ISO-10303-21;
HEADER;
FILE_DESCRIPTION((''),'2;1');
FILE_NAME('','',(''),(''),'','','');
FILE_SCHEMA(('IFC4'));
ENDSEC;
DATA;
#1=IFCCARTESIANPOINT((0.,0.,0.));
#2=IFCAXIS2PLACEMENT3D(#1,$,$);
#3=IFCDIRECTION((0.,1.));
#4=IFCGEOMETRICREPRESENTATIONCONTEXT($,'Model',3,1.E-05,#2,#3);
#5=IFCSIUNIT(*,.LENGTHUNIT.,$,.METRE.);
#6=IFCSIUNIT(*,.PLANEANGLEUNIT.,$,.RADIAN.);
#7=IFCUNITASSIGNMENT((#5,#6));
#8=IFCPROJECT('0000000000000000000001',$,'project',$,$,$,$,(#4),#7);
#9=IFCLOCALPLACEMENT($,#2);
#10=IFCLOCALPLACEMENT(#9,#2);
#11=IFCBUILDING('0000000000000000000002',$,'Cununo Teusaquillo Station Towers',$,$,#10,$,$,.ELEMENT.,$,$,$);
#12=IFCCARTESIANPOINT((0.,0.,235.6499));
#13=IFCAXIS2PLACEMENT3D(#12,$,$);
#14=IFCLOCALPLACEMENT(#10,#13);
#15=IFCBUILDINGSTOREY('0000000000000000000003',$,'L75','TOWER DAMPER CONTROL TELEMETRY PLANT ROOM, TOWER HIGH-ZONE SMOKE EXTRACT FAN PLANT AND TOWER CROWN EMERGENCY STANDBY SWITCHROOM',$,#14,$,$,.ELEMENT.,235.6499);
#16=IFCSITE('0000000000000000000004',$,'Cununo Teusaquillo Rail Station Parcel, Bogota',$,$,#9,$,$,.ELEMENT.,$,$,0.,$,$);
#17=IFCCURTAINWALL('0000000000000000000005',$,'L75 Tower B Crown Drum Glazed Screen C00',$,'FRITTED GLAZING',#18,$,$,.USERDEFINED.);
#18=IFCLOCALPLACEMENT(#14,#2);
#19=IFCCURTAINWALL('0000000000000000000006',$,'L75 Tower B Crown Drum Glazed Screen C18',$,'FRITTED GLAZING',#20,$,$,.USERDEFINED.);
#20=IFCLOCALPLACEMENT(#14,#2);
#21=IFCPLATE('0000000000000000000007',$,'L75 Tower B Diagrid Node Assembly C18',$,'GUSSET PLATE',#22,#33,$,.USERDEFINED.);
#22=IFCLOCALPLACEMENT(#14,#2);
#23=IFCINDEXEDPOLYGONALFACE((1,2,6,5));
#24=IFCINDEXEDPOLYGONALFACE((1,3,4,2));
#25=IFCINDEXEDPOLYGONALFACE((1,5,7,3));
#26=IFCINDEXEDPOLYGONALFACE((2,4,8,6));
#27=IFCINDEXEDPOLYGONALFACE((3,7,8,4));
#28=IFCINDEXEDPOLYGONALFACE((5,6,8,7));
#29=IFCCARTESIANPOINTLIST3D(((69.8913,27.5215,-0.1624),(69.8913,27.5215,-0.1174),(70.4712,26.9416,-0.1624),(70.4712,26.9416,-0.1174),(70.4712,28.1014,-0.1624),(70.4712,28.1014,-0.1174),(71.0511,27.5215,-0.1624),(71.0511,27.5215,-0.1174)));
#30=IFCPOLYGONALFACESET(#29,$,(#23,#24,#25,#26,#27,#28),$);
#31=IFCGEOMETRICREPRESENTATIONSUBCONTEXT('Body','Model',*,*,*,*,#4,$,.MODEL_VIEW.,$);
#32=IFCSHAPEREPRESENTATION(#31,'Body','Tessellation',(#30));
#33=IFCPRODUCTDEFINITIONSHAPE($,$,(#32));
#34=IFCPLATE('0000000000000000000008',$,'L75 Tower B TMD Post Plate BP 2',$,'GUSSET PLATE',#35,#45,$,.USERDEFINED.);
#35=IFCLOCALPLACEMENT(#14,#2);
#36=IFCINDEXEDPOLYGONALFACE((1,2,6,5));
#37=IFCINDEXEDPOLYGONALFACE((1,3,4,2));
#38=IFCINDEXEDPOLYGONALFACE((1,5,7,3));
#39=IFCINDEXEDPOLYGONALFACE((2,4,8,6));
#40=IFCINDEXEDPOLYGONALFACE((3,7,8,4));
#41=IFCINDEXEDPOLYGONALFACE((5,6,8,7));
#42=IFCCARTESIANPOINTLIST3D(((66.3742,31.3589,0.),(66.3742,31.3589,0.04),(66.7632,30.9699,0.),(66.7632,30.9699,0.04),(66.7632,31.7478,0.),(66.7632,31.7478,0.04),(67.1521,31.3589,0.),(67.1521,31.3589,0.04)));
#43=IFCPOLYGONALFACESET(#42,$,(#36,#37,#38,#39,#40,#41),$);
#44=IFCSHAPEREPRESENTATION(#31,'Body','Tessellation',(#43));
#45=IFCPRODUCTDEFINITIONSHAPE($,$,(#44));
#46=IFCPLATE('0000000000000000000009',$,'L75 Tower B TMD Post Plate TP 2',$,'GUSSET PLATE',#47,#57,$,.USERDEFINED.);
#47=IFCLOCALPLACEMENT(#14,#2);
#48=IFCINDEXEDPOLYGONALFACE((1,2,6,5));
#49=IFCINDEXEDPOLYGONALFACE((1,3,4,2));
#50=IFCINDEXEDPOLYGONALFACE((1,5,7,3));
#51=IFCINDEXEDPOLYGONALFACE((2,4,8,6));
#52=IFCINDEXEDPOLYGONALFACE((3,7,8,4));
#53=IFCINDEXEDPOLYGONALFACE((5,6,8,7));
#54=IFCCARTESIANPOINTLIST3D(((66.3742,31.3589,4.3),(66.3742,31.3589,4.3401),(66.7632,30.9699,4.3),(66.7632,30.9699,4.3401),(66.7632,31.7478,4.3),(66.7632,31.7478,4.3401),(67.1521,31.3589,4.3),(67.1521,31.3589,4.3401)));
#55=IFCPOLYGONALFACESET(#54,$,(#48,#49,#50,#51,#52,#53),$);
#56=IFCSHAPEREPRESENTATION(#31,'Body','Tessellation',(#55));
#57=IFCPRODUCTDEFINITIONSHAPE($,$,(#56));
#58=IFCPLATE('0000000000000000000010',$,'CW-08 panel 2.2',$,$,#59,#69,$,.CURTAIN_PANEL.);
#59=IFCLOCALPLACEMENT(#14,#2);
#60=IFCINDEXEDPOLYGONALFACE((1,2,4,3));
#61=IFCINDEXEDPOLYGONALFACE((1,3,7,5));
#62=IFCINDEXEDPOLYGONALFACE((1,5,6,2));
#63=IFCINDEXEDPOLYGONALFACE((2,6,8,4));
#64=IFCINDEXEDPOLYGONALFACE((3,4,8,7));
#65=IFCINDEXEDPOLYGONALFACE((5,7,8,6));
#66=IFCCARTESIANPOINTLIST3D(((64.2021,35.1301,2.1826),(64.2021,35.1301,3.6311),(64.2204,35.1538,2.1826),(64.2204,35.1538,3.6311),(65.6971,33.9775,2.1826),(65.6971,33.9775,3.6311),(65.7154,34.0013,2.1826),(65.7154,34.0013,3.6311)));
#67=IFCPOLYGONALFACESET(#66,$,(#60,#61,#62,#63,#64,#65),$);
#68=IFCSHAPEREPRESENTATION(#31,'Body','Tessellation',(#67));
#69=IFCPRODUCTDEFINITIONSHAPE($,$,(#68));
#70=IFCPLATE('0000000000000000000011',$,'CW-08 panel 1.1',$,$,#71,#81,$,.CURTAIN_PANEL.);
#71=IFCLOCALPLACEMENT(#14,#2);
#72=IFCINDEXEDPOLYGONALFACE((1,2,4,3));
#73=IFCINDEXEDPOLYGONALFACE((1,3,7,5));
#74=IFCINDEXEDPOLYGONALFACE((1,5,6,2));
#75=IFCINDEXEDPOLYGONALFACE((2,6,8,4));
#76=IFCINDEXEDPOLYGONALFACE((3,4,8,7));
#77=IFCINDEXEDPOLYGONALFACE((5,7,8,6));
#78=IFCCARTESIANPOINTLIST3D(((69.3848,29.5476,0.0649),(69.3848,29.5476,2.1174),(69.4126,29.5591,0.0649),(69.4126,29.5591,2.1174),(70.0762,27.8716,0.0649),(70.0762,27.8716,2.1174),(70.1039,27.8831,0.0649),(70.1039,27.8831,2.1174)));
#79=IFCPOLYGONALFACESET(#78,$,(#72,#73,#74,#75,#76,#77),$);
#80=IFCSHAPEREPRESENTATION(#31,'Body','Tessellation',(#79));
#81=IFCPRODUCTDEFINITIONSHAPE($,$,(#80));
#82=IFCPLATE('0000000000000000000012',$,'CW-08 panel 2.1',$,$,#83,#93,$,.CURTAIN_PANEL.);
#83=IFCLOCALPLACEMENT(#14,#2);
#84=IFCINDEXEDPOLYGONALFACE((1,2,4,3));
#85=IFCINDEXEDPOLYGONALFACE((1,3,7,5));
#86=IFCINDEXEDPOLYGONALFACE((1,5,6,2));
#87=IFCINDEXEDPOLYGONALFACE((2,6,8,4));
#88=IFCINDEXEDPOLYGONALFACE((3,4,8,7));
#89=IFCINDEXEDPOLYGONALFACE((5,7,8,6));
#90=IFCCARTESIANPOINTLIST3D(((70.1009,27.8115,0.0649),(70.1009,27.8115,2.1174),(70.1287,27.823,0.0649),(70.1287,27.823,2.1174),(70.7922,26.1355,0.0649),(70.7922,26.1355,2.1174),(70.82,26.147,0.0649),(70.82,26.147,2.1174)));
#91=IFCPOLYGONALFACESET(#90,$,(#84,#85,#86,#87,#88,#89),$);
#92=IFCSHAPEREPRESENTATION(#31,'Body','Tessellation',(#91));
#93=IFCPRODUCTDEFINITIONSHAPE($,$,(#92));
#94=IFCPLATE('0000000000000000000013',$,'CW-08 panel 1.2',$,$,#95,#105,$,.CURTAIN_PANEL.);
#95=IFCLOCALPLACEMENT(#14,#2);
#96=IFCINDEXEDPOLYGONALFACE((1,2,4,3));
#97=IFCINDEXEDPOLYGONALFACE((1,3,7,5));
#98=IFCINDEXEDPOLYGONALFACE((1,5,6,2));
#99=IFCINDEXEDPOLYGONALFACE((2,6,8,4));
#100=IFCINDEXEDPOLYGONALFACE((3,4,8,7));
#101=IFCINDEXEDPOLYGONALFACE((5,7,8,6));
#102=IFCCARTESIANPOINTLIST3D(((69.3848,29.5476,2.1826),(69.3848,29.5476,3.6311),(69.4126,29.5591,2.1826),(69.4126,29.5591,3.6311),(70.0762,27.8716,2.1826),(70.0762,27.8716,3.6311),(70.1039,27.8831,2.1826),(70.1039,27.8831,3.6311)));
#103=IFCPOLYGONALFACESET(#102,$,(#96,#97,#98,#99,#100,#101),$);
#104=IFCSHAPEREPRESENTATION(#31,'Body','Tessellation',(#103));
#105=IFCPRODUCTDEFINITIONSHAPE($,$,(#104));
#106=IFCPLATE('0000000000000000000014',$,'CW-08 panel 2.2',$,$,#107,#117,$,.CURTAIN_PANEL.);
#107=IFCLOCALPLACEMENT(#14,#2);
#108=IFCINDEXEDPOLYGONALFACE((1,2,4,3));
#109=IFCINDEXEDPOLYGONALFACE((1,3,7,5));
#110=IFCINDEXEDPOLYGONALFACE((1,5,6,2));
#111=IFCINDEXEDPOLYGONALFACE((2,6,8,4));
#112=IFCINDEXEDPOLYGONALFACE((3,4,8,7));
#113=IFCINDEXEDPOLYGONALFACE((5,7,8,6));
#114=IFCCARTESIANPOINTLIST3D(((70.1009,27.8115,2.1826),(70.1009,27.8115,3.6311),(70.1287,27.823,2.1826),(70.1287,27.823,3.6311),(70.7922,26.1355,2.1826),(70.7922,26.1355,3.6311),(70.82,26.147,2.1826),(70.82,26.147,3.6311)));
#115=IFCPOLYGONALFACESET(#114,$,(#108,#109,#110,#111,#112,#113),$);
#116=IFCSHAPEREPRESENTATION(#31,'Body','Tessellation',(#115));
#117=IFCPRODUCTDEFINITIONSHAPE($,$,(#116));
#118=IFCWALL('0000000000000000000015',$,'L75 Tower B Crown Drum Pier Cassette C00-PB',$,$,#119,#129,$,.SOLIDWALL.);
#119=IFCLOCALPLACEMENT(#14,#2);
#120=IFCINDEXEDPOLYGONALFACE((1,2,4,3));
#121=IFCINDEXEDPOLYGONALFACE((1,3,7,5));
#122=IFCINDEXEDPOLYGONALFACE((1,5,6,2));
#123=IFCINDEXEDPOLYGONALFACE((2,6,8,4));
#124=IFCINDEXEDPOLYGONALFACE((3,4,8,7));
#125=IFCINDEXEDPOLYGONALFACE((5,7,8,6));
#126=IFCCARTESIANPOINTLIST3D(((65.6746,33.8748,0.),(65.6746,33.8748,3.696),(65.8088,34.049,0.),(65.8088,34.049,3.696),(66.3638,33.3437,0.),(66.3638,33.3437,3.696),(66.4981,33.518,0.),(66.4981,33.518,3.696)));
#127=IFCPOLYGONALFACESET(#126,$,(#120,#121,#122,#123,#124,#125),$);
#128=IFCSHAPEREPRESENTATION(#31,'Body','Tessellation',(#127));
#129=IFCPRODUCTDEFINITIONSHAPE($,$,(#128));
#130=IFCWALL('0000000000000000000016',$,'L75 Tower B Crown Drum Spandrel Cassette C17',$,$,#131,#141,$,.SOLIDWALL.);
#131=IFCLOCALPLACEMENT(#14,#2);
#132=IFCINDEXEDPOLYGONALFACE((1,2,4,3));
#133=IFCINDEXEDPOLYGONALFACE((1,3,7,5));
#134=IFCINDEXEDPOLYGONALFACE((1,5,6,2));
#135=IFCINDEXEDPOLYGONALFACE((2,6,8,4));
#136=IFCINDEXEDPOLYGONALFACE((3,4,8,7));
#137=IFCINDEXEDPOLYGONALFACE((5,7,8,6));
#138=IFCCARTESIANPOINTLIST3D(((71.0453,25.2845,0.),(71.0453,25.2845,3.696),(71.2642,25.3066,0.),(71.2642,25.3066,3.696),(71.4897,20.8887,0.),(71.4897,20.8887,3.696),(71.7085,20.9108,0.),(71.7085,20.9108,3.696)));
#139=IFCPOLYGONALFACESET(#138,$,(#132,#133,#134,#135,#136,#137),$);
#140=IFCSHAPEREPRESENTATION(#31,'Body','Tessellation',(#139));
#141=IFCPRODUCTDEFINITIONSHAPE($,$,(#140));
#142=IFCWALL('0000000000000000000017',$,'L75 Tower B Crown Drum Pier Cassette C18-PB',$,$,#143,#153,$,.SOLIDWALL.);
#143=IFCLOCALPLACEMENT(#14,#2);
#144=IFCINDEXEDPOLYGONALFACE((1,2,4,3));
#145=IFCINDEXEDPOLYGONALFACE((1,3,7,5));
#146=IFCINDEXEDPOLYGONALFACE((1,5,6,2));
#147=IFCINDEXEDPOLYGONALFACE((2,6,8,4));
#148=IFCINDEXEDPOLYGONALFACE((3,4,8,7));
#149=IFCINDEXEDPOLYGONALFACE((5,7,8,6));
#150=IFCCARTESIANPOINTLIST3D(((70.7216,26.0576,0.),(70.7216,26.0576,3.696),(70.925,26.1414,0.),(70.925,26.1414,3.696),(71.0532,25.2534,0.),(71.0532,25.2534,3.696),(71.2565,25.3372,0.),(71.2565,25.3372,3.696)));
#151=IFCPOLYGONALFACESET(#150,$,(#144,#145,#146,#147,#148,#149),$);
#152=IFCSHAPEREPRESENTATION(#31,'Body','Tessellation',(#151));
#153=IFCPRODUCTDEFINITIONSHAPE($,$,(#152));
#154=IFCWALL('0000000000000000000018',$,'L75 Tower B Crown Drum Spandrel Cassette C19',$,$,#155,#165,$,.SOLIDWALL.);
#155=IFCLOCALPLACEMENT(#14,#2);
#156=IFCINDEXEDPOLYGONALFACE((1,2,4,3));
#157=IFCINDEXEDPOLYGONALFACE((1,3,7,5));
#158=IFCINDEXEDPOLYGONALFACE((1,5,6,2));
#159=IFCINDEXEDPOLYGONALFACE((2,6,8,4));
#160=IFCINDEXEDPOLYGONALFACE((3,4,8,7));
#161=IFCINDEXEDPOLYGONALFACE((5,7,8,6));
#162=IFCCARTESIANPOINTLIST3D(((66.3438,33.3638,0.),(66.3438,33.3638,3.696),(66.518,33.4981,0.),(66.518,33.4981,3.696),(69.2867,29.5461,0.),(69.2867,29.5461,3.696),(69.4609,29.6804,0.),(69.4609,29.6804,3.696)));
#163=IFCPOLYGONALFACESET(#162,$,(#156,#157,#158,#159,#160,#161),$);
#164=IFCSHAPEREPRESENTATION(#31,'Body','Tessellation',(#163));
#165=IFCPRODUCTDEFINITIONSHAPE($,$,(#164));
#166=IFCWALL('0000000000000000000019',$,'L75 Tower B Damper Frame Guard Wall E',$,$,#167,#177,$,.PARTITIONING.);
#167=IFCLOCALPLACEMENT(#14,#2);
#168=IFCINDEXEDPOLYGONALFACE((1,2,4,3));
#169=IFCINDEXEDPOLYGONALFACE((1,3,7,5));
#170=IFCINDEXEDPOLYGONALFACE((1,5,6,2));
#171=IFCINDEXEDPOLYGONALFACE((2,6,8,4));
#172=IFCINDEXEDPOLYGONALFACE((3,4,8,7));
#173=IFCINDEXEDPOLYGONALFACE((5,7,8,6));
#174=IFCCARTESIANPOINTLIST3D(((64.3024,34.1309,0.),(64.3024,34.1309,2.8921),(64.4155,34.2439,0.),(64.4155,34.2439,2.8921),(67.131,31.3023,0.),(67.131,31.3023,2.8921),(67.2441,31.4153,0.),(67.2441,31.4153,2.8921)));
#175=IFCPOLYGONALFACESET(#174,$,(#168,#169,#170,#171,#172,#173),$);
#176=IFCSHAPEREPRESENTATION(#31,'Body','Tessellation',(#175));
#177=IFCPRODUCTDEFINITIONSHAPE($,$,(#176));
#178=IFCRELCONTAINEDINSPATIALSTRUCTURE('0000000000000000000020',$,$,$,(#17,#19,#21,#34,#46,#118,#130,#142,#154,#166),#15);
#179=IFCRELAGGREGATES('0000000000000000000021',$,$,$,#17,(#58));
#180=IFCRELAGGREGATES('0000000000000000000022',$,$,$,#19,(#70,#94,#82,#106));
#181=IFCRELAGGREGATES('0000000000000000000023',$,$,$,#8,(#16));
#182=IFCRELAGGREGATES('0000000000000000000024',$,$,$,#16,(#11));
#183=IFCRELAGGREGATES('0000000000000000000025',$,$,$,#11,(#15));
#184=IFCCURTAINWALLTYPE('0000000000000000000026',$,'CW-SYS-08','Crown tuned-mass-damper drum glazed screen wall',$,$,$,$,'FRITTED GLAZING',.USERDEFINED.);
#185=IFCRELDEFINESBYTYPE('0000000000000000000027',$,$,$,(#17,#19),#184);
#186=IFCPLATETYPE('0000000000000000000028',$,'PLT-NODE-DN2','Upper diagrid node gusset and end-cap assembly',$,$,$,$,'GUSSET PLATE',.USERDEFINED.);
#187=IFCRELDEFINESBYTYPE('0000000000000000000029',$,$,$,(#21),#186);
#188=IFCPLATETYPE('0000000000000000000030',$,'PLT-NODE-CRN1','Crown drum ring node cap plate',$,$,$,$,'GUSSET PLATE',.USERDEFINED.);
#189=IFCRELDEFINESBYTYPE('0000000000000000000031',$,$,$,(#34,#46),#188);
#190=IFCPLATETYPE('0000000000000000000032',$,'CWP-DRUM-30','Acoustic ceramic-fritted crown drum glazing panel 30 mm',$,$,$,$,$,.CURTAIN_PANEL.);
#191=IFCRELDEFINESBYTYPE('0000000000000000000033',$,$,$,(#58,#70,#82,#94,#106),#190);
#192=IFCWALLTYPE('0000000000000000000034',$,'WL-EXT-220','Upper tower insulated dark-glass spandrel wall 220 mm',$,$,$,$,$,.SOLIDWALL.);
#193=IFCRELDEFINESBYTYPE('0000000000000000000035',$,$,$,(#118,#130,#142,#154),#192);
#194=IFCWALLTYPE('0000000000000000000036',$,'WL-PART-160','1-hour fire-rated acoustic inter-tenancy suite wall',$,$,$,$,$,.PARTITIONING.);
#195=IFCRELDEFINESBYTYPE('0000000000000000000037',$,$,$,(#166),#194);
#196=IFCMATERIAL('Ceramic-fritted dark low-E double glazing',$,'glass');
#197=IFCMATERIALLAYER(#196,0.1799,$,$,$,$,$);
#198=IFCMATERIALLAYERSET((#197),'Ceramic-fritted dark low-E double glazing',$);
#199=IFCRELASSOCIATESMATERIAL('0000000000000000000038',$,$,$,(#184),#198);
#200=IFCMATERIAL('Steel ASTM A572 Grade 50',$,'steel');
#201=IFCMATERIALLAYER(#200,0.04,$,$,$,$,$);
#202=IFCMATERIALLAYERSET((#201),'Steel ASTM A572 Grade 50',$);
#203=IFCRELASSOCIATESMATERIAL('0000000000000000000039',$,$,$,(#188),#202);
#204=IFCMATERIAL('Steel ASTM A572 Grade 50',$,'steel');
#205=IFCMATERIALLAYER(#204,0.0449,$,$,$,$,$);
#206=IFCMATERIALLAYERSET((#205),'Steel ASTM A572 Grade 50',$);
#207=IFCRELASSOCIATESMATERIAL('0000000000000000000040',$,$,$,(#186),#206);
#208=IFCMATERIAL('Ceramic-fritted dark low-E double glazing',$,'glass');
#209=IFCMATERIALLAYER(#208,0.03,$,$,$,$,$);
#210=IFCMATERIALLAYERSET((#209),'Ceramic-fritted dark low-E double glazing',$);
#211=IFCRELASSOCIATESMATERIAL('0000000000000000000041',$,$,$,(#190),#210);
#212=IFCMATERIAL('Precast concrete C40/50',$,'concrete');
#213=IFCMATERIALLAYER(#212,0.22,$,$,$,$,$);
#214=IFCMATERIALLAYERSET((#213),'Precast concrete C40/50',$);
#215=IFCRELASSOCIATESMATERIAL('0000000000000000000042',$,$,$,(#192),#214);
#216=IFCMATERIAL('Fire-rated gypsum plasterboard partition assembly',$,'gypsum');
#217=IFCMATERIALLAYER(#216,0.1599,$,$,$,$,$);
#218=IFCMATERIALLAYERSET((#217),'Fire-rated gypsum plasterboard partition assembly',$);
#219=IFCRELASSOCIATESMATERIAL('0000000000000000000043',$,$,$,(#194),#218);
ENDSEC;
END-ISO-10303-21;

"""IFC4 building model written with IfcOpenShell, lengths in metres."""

from ifc_helpers import new_model, si_unit, direction, frame, frame_2d, origin, origin_2d, place, context, subcontext, project, spatial, rectangle, extrude, source, transform, mapped, material, layer, layer_set, type_object, element, aggregate, save


model = new_model("IFC4")

# Units and contexts
model_context = context("Model", 3, precision=1e-05, world=origin(), true_north=direction((0.0, 1.0)))
body_context = subcontext(model_context, "Body", "Model", "MODEL_VIEW")
ifc_project = project(units=[si_unit("LENGTHUNIT", "METRE"), si_unit("PLANEANGLEUNIT", "RADIAN")], contexts=[model_context])

# Site, building, storey
site_placement = place(None, origin())
site = spatial("IfcSite", under=ifc_project, at=site_placement, Name="Cununo Teusaquillo Rail Station Parcel, Bogota", CompositionType="ELEMENT", RefElevation=0.0)
building_placement = place(site_placement, origin())
building = spatial("IfcBuilding", under=site, at=building_placement, Name="Cununo Teusaquillo Station Towers", CompositionType="ELEMENT")
storey_placement = place(building_placement, frame((0.0, 0.0, 235.6499)))
storey = spatial("IfcBuildingStorey", under=building, at=storey_placement, Name="L75", Description="TOWER DAMPER CONTROL TELEMETRY PLANT ROOM, TOWER HIGH-ZONE SMOKE EXTRACT FAN PLANT AND TOWER CROWN EMERGENCY STANDBY SWITCHROOM", CompositionType="ELEMENT", Elevation=235.6499)

# Curtain wall
ifc_material_1 = material(Name="Ceramic-fritted dark low-E double glazing", Category="glass")
ifc_layer_1 = layer(ifc_material_1, 0.1799)
ifc_layer_set_1 = layer_set([ifc_layer_1], Name="Ceramic-fritted dark low-E double glazing")
curtain_wall_type = type_object("IfcCurtainWallType", Name="CW-SYS-08", Description="Crown tuned-mass-damper drum glazed screen wall", ElementType="FRITTED GLAZING", PredefinedType="USERDEFINED", material=ifc_layer_set_1)
curtain_wall_1_placement = place(storey_placement, origin())
curtain_wall_1 = element("IfcCurtainWall", 1, at=curtain_wall_1_placement, inside=storey, type_object=curtain_wall_type, Name="L75 Tower B Crown Drum Glazed Screen C00", ObjectType="FRITTED GLAZING", PredefinedType="USERDEFINED")

# Curtain wall
curtain_wall_2_placement = place(storey_placement, origin())
curtain_wall_2 = element("IfcCurtainWall", 2, at=curtain_wall_2_placement, inside=storey, type_object=curtain_wall_type, Name="L75 Tower B Crown Drum Glazed Screen C18", ObjectType="FRITTED GLAZING", PredefinedType="USERDEFINED")

# Plates
ifc_material_2 = material(Name="Steel ASTM A572 Grade 50", Category="steel")
ifc_layer_2 = layer(ifc_material_2, 0.04)
ifc_layer_set_2 = layer_set([ifc_layer_2], Name="Steel ASTM A572 Grade 50")
plate_type_1 = type_object("IfcPlateType", Name="PLT-NODE-CRN1", Description="Crown drum ring node cap plate", ElementType="GUSSET PLATE", PredefinedType="USERDEFINED", material=ifc_layer_set_2)
ifc_material_3 = material(Name="Steel ASTM A572 Grade 50", Category="steel")
ifc_layer_3 = layer(ifc_material_3, 0.0449)
ifc_layer_set_3 = layer_set([ifc_layer_3], Name="Steel ASTM A572 Grade 50")
plate_type_2 = type_object("IfcPlateType", Name="PLT-NODE-DN2", Description="Upper diagrid node gusset and end-cap assembly", ElementType="GUSSET PLATE", PredefinedType="USERDEFINED", material=ifc_layer_set_3)
shared_shape_1 = source(origin(), body_context, "Body", "SweptSolid", [
    extrude(rectangle(XDim=0.8201, YDim=0.8201, at=origin_2d()), origin(), (0.0, 0.0, 1.0), 0.0449),
])
plate_1_placement = place(storey_placement, frame((70.4712, 27.5215, -0.1624), z_axis=(0.0, 0.0, 1.0), x_axis=(0.707107, 0.707107, 0.0)))
element("IfcPlate", 3, at=plate_1_placement, inside=storey, type_object=plate_type_2, Name="L75 Tower B Diagrid Node Assembly C18", ObjectType="GUSSET PLATE", PredefinedType="USERDEFINED", context=body_context, shape_type="MappedRepresentation", body=[
    mapped(shared_shape_1, transform((0.0, 0.0, 0.0), x_axis=(1.0, 0.0, 0.0), y_axis=(0.0, 1.0, 0.0), z_axis=(0.0, 0.0, 1.0), scale=1.0)),
])
shared_shape_2 = source(origin(), body_context, "Body", "SweptSolid", [
    extrude(rectangle(XDim=0.55, YDim=0.55, at=origin_2d()), origin(), (0.0, 0.0, 1.0), 0.04),
])
for number, where, z_axis, x_axis, name in (
    (4, (66.7632, 31.3589, 0.0), (0.0, 0.0, 1.0), (0.707107, 0.707107, 0.0), "L75 Tower B TMD Post Plate BP 2"),
    (5, (66.7632, 31.3589, 4.3), (0.0, 0.0, 1.0), (0.707107, 0.707107, 0.0), "L75 Tower B TMD Post Plate TP 2"),
):
    element("IfcPlate", number, at=place(storey_placement, frame(where, z_axis=z_axis, x_axis=x_axis)), inside=storey, type_object=plate_type_1, Name=name, ObjectType="GUSSET PLATE", PredefinedType="USERDEFINED", context=body_context, shape_type="MappedRepresentation", body=[
        mapped(shared_shape_2, transform((0.0, 0.0, 0.0), x_axis=(1.0, 0.0, 0.0), y_axis=(0.0, 1.0, 0.0), z_axis=(0.0, 0.0, 1.0), scale=1.0)),
    ])

# Plates
ifc_material_4 = material(Name="Ceramic-fritted dark low-E double glazing", Category="glass")
ifc_layer_4 = layer(ifc_material_4, 0.03)
ifc_layer_set_4 = layer_set([ifc_layer_4], Name="Ceramic-fritted dark low-E double glazing")
plate_type_3 = type_object("IfcPlateType", Name="CWP-DRUM-30", Description="Acoustic ceramic-fritted crown drum glazing panel 30 mm", PredefinedType="CURTAIN_PANEL", material=ifc_layer_set_4)
shared_shape_3 = source(origin(), body_context, "Body", "SweptSolid", [
    extrude(rectangle(XDim=1.8877, YDim=0.03, at=origin_2d()), origin(), (0.0, 0.0, 1.0), 1.4485),
])
plate_2_placement = place(storey_placement, frame((64.9587, 34.5657, 2.1826), z_axis=(0.0, 0.0, 1.0), x_axis=(0.791965, -0.610566, 0.0)))
plate_2 = element("IfcPlate", 6, at=plate_2_placement, type_object=plate_type_3, Name="CW-08 panel 2.2", PredefinedType="CURTAIN_PANEL", context=body_context, shape_type="MappedRepresentation", body=[
    mapped(shared_shape_3, transform((0.0, 0.0, 0.0), x_axis=(1.0, 0.0, 0.0), y_axis=(0.0, 1.0, 0.0), z_axis=(0.0, 0.0, 1.0), scale=1.0)),
])
aggregate(curtain_wall_1, [plate_2])
shared_shape_4 = source(origin(), body_context, "Body", "SweptSolid", [
    extrude(rectangle(XDim=1.813, YDim=0.03, at=origin_2d()), origin(), (0.0, 0.0, 1.0), 2.0525),
])
plate_3_placement = place(storey_placement, frame((69.7444, 28.7153, 0.0649), z_axis=(0.0, 0.0, 1.0), x_axis=(0.381311, -0.924447, 0.0)))
plate_3 = element("IfcPlate", 7, at=plate_3_placement, type_object=plate_type_3, Name="CW-08 panel 1.1", PredefinedType="CURTAIN_PANEL", context=body_context, shape_type="MappedRepresentation", body=[
    mapped(shared_shape_4, transform((0.0, 0.0, 0.0), x_axis=(1.0, 0.0, 0.0), y_axis=(0.0, 1.0, 0.0), z_axis=(0.0, 0.0, 1.0), scale=1.0)),
])
plate_4_placement = place(storey_placement, frame((70.4604, 26.9792, 0.0649), z_axis=(0.0, 0.0, 1.0), x_axis=(0.381311, -0.924447, 0.0)))
plate_4 = element("IfcPlate", 8, at=plate_4_placement, type_object=plate_type_3, Name="CW-08 panel 2.1", PredefinedType="CURTAIN_PANEL", context=body_context, shape_type="MappedRepresentation", body=[
    mapped(shared_shape_4, transform((0.0, 0.0, 0.0), x_axis=(1.0, 0.0, 0.0), y_axis=(0.0, 1.0, 0.0), z_axis=(0.0, 0.0, 1.0), scale=1.0)),
])
shared_shape_5 = source(origin(), body_context, "Body", "SweptSolid", [
    extrude(rectangle(XDim=1.813, YDim=0.03, at=origin_2d()), origin(), (0.0, 0.0, 1.0), 1.4485),
])
plate_5_placement = place(storey_placement, frame((69.7444, 28.7153, 2.1826), z_axis=(0.0, 0.0, 1.0), x_axis=(0.381311, -0.924447, 0.0)))
plate_5 = element("IfcPlate", 9, at=plate_5_placement, type_object=plate_type_3, Name="CW-08 panel 1.2", PredefinedType="CURTAIN_PANEL", context=body_context, shape_type="MappedRepresentation", body=[
    mapped(shared_shape_5, transform((0.0, 0.0, 0.0), x_axis=(1.0, 0.0, 0.0), y_axis=(0.0, 1.0, 0.0), z_axis=(0.0, 0.0, 1.0), scale=1.0)),
])
plate_6_placement = place(storey_placement, frame((70.4604, 26.9792, 2.1826), z_axis=(0.0, 0.0, 1.0), x_axis=(0.381311, -0.924447, 0.0)))
plate_6 = element("IfcPlate", 10, at=plate_6_placement, type_object=plate_type_3, Name="CW-08 panel 2.2", PredefinedType="CURTAIN_PANEL", context=body_context, shape_type="MappedRepresentation", body=[
    mapped(shared_shape_5, transform((0.0, 0.0, 0.0), x_axis=(1.0, 0.0, 0.0), y_axis=(0.0, 1.0, 0.0), z_axis=(0.0, 0.0, 1.0), scale=1.0)),
])
aggregate(curtain_wall_2, [plate_3, plate_5, plate_4, plate_6])

# Walls
ifc_material_5 = material(Name="Precast concrete C40/50", Category="concrete")
ifc_layer_5 = layer(ifc_material_5, 0.22)
ifc_layer_set_5 = layer_set([ifc_layer_5], Name="Precast concrete C40/50")
wall_type_1 = type_object("IfcWallType", Name="WL-EXT-220", Description="Upper tower insulated dark-glass spandrel wall 220 mm", PredefinedType="SOLIDWALL", material=ifc_layer_set_5)
wall_1_placement = place(storey_placement, frame((65.7417, 33.9619, 0.0), z_axis=(0.0, 0.0, 1.0), x_axis=(0.792154, -0.610321, 0.0)))
element("IfcWall", 11, at=wall_1_placement, inside=storey, type_object=wall_type_1, Name="L75 Tower B Crown Drum Pier Cassette C00-PB", PredefinedType="SOLIDWALL", context=body_context, shape_type="SweptSolid", body=[
    extrude(rectangle(XDim=0.8701, YDim=0.22, at=frame_2d((0.4351, 0.0))), origin(), (0.0, 0.0, 1.0), 3.696),
])
wall_2_placement = place(storey_placement, frame((71.1548, 25.2954, 0.0), z_axis=(0.0, 0.0, 1.0), x_axis=(0.100571, -0.99493, 0.0)))
element("IfcWall", 12, at=wall_2_placement, inside=storey, type_object=wall_type_1, Name="L75 Tower B Crown Drum Spandrel Cassette C17", PredefinedType="SOLIDWALL", context=body_context, shape_type="SweptSolid", body=[
    extrude(rectangle(XDim=4.4182, YDim=0.22, at=frame_2d((2.209, 0.0))), origin(), (0.0, 0.0, 1.0), 3.696),
])
wall_3_placement = place(storey_placement, frame((70.8232, 26.0996, 0.0), z_axis=(0.0, 0.0, 1.0), x_axis=(0.381145, -0.924515, 0.0)))
element("IfcWall", 13, at=wall_3_placement, inside=storey, type_object=wall_type_1, Name="L75 Tower B Crown Drum Pier Cassette C18-PB", PredefinedType="SOLIDWALL", context=body_context, shape_type="SweptSolid", body=[
    extrude(rectangle(XDim=0.8699, YDim=0.22, at=frame_2d((0.4351, 0.0))), origin(), (0.0, 0.0, 1.0), 3.696),
])
wall_4_placement = place(storey_placement, frame((66.4309, 33.4309, 0.0), z_axis=(0.0, 0.0, 1.0), x_axis=(0.610523, -0.791998, 0.0)))
element("IfcWall", 14, at=wall_4_placement, inside=storey, type_object=wall_type_1, Name="L75 Tower B Crown Drum Spandrel Cassette C19", PredefinedType="SOLIDWALL", context=body_context, shape_type="SweptSolid", body=[
    extrude(rectangle(XDim=4.8203, YDim=0.22, at=frame_2d((2.4102, 0.0))), origin(), (0.0, 0.0, 1.0), 3.696),
])
ifc_material_6 = material(Name="Fire-rated gypsum plasterboard partition assembly", Category="gypsum")
ifc_layer_6 = layer(ifc_material_6, 0.1599)
ifc_layer_set_6 = layer_set([ifc_layer_6], Name="Fire-rated gypsum plasterboard partition assembly")
wall_type_2 = type_object("IfcWallType", Name="WL-PART-160", Description="1-hour fire-rated acoustic inter-tenancy suite wall", PredefinedType="PARTITIONING", material=ifc_layer_set_6)
wall_5_placement = place(storey_placement, frame((67.1875, 31.3589, 0.0), z_axis=(0.0, 0.0, 1.0), x_axis=(-0.707107, 0.707107, 0.0)))
element("IfcWall", 15, at=wall_5_placement, inside=storey, type_object=wall_type_2, Name="L75 Tower B Damper Frame Guard Wall E", PredefinedType="PARTITIONING", context=body_context, shape_type="SweptSolid", body=[
    extrude(rectangle(XDim=4.0002, YDim=0.1599, at=frame_2d((2.0, 0.0))), origin(), (0.0, 0.0, 1.0), 2.8921),
])

save(model, "model.ifc")
